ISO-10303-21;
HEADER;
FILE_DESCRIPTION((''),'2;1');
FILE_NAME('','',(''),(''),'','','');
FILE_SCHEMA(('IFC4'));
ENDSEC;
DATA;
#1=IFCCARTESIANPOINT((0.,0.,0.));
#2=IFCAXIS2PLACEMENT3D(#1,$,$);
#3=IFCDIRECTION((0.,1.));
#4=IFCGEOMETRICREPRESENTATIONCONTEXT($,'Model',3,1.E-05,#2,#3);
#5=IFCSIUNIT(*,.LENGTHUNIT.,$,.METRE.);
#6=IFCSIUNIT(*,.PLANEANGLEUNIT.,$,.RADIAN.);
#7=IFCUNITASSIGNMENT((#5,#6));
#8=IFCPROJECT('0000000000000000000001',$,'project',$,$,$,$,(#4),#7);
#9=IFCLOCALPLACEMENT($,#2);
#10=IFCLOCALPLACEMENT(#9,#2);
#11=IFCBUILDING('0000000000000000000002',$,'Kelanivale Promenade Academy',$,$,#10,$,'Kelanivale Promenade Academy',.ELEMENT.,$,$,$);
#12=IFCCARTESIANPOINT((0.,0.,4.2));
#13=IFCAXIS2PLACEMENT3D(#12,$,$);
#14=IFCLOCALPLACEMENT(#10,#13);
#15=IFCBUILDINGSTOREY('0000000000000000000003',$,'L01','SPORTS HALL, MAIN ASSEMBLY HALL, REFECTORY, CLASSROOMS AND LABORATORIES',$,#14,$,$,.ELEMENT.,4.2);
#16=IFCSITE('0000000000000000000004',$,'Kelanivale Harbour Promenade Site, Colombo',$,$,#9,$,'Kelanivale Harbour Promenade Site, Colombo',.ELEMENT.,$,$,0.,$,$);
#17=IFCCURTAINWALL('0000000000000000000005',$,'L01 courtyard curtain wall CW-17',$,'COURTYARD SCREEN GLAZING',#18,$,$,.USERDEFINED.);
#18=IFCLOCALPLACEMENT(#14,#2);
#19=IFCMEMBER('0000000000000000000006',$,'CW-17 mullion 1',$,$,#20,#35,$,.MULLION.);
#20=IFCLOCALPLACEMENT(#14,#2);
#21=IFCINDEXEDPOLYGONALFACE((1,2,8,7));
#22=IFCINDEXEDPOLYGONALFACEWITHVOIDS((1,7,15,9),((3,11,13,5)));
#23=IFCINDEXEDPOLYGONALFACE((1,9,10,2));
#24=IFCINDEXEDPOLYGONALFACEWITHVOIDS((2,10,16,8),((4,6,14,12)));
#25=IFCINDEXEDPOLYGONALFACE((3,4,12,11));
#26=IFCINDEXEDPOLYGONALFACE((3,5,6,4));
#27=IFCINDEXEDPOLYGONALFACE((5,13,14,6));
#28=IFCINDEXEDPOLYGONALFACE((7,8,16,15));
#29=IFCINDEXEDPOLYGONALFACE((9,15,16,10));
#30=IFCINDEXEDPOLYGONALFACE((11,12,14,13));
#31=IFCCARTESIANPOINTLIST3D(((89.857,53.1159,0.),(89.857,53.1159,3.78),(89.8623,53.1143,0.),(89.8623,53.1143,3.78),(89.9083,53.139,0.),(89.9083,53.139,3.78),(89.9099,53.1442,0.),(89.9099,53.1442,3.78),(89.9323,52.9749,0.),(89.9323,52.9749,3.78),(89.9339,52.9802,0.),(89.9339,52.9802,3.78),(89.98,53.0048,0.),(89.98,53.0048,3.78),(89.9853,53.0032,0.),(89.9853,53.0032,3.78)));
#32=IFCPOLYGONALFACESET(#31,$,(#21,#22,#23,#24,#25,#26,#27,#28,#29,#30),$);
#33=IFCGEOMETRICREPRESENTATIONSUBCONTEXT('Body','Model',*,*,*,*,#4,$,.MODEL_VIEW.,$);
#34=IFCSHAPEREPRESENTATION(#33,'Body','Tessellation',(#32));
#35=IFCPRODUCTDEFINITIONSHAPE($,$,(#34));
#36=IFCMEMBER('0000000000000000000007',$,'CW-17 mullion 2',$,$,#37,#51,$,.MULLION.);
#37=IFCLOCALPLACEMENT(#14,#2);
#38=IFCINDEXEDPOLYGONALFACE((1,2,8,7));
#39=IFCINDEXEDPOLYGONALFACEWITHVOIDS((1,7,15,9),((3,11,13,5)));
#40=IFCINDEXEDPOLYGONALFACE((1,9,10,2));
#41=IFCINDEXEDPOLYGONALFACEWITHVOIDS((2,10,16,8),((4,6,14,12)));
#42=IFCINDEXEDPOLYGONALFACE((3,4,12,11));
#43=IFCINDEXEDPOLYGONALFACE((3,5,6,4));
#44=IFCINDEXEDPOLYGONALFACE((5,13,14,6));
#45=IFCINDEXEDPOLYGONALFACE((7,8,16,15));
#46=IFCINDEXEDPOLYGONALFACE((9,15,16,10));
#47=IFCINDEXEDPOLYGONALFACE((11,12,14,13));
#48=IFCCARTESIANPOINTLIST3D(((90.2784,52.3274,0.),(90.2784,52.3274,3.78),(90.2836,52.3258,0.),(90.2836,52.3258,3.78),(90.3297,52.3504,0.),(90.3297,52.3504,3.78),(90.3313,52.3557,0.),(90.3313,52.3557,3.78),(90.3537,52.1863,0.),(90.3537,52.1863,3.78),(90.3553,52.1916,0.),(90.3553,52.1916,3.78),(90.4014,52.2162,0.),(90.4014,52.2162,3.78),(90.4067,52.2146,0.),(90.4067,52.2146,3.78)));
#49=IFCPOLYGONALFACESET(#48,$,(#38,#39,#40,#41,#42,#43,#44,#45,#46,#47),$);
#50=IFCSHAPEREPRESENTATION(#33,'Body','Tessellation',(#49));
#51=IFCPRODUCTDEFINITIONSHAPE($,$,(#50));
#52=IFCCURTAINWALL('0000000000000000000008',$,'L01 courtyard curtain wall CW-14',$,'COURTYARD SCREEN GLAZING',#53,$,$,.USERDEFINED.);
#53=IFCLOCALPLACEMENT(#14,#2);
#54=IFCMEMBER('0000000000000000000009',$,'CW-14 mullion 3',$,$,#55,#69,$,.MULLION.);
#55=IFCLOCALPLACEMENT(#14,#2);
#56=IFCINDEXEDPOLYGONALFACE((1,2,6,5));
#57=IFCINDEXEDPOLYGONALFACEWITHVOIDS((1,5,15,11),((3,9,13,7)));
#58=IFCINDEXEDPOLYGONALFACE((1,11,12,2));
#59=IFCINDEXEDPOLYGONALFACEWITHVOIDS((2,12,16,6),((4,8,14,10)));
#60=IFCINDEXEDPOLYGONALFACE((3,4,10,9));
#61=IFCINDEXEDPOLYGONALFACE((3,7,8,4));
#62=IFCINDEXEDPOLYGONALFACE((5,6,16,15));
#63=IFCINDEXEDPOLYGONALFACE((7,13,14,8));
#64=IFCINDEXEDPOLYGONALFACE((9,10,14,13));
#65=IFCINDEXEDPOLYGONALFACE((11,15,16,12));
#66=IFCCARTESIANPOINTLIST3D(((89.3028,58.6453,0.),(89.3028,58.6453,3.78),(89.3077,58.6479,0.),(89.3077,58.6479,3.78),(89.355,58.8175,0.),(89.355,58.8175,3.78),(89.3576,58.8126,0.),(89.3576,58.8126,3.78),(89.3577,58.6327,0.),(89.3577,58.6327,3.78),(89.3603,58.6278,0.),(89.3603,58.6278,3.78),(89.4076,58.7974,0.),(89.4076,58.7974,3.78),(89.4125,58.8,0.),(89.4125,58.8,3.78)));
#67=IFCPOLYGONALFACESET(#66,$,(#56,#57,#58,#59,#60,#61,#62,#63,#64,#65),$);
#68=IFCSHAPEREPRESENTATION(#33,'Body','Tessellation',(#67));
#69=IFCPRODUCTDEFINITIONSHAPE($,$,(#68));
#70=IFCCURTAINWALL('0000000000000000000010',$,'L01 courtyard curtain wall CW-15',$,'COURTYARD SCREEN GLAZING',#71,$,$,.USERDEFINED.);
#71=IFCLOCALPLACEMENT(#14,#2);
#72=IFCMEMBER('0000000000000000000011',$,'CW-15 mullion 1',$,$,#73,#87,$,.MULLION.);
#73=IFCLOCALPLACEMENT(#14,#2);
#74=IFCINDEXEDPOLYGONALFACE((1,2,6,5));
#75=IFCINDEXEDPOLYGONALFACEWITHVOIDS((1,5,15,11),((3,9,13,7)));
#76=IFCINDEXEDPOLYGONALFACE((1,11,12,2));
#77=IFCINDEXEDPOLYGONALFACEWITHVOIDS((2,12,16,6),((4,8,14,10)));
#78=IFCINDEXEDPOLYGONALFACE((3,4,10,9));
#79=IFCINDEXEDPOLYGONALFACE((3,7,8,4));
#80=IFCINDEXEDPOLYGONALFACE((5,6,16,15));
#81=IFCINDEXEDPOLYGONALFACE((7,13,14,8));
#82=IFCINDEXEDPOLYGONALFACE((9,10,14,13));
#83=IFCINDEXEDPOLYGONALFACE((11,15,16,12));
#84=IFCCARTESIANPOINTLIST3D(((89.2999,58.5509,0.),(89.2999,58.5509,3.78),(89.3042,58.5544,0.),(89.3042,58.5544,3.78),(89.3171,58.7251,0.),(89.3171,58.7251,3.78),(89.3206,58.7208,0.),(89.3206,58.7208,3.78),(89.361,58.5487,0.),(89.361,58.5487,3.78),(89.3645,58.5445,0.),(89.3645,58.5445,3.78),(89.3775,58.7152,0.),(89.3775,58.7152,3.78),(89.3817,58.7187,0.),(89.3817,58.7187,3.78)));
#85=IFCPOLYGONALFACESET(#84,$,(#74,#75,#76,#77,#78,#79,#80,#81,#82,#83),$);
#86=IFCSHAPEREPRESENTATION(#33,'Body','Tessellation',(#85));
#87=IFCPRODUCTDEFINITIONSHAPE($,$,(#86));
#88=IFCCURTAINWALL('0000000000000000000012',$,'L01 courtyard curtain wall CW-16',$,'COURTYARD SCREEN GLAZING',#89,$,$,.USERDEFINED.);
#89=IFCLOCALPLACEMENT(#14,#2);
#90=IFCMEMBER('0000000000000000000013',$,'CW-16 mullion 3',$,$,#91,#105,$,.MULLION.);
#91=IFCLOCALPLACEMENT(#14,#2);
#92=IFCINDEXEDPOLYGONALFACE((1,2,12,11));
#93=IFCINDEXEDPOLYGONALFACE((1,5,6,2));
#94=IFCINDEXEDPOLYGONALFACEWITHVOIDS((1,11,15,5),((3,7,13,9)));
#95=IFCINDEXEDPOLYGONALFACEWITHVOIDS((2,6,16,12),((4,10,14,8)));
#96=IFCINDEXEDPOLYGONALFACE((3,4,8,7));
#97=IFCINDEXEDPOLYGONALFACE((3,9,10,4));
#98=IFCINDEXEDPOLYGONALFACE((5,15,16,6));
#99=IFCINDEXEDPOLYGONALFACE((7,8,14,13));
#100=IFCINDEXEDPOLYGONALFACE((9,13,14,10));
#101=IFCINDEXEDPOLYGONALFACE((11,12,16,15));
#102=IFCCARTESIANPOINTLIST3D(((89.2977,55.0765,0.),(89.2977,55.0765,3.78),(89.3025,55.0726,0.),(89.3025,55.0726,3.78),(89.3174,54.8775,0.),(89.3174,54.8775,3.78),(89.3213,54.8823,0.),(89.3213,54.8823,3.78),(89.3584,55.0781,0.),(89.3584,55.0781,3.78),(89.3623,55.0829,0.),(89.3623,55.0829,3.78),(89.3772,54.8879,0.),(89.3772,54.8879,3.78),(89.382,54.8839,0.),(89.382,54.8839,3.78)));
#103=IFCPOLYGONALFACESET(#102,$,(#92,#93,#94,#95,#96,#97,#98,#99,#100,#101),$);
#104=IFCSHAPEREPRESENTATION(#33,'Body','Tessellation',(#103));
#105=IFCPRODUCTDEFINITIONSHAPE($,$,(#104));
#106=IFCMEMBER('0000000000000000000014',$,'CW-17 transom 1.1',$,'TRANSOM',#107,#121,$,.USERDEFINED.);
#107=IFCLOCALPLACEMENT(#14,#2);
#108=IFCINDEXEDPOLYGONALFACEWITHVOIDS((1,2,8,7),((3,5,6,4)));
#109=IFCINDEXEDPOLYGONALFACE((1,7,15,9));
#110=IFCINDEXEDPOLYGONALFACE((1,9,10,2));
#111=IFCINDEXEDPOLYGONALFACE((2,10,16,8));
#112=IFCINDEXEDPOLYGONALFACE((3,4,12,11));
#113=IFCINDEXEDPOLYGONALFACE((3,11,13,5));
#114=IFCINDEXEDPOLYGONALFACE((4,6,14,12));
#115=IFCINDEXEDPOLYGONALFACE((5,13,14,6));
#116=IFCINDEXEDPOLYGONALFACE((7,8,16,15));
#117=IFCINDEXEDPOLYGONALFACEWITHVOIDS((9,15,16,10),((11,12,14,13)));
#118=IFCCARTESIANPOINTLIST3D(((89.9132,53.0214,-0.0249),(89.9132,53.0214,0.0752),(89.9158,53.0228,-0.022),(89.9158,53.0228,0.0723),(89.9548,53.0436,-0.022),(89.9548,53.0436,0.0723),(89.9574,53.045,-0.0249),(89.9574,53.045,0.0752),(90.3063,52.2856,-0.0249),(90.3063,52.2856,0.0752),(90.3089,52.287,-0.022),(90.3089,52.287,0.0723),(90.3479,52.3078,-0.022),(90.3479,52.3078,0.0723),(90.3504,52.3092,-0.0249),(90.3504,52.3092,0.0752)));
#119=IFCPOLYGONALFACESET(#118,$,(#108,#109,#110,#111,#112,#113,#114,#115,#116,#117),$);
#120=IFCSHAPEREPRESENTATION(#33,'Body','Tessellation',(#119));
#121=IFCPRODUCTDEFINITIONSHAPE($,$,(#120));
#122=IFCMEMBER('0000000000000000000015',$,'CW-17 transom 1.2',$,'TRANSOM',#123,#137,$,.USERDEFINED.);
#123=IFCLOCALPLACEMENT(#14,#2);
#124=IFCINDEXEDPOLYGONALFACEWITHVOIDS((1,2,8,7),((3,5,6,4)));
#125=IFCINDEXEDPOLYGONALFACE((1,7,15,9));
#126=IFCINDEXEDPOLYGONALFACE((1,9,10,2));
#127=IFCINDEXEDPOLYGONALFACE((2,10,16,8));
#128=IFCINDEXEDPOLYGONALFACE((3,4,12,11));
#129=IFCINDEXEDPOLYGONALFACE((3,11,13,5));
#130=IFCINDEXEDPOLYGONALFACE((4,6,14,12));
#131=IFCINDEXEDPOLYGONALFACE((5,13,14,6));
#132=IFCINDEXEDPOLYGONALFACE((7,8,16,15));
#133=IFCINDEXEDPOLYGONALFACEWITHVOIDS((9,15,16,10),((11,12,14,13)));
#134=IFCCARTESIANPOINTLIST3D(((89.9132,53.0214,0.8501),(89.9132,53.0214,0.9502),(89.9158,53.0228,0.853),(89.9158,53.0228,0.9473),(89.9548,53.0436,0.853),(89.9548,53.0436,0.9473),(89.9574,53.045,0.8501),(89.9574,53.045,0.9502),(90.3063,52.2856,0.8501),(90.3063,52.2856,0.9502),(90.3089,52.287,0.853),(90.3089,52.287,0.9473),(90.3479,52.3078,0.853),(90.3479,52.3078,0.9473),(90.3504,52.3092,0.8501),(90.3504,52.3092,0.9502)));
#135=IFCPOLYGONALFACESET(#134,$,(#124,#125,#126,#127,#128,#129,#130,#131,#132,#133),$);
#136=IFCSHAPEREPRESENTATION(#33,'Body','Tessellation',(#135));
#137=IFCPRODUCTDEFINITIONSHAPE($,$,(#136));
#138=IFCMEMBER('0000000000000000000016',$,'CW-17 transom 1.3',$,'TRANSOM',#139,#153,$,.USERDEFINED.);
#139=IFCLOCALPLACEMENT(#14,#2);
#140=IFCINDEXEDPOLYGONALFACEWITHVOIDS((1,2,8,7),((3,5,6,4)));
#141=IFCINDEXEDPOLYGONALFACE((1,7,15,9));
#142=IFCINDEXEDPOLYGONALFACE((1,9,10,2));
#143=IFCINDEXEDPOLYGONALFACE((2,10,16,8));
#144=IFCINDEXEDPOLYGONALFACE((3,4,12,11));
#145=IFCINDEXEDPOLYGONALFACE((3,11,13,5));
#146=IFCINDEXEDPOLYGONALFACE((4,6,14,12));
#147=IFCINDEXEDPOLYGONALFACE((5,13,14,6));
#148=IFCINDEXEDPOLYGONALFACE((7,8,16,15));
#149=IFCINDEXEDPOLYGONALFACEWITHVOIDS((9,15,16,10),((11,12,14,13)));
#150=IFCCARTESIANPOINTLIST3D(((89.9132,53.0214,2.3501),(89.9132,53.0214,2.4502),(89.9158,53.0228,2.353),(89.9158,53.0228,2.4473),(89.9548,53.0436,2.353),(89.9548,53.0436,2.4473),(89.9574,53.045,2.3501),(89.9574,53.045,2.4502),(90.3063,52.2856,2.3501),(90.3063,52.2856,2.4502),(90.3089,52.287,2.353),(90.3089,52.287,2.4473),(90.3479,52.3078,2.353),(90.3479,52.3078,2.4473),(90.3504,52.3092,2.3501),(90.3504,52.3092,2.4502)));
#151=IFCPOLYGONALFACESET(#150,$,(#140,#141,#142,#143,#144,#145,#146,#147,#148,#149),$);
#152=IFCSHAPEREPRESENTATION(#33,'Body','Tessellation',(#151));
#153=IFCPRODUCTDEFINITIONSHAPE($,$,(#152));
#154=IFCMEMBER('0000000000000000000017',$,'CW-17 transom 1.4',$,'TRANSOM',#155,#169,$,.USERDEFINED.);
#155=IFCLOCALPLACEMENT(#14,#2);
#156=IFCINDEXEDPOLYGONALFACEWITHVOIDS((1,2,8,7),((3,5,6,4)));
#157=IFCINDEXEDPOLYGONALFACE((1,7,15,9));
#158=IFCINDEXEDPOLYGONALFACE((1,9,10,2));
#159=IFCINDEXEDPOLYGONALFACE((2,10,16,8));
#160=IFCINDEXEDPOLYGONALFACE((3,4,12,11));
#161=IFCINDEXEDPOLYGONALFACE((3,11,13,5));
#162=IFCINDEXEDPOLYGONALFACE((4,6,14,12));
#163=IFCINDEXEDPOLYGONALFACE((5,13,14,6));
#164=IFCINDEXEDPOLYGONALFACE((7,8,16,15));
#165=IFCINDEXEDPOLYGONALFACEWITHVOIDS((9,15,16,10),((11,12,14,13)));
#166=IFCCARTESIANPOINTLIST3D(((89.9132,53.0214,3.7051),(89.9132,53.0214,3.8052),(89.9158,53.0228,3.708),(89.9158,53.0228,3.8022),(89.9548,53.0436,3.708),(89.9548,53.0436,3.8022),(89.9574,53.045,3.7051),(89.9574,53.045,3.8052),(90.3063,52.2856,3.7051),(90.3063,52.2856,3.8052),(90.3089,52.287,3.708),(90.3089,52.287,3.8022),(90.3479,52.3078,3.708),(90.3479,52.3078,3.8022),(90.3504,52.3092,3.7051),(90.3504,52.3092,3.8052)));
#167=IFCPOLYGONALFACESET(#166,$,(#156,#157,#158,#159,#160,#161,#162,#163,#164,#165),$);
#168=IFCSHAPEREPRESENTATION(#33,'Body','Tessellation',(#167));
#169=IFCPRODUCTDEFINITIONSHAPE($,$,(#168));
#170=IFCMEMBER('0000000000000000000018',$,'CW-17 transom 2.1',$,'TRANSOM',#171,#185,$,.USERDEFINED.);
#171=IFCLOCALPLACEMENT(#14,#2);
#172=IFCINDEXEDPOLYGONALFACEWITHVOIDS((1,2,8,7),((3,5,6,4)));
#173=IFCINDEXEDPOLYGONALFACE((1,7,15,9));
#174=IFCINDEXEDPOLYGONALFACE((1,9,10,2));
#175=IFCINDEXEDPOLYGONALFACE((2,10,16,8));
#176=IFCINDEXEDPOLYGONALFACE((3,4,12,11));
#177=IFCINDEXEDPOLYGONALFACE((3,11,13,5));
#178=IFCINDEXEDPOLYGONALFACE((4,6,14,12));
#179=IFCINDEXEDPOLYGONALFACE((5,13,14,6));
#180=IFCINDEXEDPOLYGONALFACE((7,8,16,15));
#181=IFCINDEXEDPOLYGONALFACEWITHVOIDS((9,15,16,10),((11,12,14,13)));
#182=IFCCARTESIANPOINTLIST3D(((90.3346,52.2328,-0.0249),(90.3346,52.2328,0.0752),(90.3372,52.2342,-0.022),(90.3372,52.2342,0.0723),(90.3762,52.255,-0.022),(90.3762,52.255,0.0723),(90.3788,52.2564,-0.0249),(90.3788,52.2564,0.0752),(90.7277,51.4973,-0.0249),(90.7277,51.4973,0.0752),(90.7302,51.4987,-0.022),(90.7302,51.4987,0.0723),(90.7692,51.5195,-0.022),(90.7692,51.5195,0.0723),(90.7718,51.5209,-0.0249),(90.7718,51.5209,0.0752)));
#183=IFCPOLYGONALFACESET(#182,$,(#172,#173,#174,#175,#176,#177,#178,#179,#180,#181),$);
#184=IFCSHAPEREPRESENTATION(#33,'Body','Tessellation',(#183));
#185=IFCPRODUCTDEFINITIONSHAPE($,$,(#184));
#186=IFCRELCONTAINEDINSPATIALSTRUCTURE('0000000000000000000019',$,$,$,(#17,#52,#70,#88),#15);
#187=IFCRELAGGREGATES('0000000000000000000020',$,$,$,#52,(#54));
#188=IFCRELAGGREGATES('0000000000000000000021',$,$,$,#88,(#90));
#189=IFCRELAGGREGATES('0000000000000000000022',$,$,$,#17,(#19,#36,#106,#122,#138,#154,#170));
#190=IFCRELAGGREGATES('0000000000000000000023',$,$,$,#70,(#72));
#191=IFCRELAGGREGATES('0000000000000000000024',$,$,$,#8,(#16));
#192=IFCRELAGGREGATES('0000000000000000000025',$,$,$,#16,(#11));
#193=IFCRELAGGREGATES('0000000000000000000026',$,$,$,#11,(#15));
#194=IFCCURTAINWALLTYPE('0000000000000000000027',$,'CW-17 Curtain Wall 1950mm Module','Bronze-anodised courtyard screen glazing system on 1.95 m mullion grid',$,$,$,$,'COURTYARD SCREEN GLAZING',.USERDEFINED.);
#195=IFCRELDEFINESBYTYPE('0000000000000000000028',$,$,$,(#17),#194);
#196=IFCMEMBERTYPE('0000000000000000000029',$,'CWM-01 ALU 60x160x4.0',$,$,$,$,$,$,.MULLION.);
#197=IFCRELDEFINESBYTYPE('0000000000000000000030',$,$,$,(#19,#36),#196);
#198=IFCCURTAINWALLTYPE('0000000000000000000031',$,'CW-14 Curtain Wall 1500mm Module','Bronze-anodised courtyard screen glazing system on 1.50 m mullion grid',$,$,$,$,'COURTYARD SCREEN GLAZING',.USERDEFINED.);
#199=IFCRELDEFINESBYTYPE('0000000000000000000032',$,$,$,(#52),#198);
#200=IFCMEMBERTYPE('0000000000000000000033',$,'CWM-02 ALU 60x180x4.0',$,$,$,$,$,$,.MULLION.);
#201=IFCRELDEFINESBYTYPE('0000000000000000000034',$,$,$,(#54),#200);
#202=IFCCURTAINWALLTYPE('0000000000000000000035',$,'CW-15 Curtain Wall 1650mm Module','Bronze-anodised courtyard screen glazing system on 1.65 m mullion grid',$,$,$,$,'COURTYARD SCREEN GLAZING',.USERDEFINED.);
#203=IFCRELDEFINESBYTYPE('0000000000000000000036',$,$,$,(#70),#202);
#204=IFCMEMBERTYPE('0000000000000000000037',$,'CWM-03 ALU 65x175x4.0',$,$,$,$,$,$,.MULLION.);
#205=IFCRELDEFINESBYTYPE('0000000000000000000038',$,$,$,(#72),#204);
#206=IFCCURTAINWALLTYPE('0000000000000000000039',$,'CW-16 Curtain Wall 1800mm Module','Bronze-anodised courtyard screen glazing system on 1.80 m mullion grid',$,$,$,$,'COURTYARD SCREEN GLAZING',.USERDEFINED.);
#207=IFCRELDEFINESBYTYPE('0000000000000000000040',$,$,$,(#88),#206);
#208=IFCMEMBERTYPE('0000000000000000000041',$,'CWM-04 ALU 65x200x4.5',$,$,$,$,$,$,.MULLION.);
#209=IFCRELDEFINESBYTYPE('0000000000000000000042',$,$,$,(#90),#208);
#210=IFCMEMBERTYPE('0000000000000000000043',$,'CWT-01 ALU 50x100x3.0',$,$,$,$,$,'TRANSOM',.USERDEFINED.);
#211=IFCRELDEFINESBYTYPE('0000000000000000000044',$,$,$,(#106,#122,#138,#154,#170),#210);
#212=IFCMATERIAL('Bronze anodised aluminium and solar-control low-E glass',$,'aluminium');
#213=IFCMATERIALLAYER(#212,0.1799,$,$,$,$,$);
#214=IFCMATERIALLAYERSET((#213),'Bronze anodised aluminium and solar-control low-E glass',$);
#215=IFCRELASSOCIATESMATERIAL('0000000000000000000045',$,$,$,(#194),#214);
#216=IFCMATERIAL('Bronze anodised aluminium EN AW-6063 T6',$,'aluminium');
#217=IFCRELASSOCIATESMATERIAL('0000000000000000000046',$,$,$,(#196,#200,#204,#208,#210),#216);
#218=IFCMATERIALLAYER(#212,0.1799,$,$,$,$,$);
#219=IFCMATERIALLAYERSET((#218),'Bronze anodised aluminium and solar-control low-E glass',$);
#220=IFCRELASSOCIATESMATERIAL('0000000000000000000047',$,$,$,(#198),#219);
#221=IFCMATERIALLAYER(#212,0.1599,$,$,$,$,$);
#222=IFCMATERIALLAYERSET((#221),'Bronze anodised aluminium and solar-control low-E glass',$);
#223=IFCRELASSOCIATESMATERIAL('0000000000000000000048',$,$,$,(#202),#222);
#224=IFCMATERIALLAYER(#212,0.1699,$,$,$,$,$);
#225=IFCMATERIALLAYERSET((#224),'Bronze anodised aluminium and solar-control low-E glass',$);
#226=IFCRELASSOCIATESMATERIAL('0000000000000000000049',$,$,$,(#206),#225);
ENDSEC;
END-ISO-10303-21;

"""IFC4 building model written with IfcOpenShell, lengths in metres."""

from ifc_helpers import new_model, si_unit, direction, frame, origin, origin_2d, place, context, subcontext, project, spatial, hollow_rectangle, extrude, material, layer, layer_set, material_profile, profile_set, type_object, element, aggregate, save


model = new_model("IFC4")

# Units and contexts
model_context = context("Model", 3, precision=1e-05, world=origin(), true_north=direction((0.0, 1.0)))
body_context = subcontext(model_context, "Body", "Model", "MODEL_VIEW")
ifc_project = project(units=[si_unit("LENGTHUNIT", "METRE"), si_unit("PLANEANGLEUNIT", "RADIAN")], contexts=[model_context])

# Site, building, storey
site_placement = place(None, origin())
site = spatial("IfcSite", under=ifc_project, at=site_placement, Name="Kelanivale Harbour Promenade Site, Colombo", LongName="Kelanivale Harbour Promenade Site, Colombo", CompositionType="ELEMENT", RefElevation=0.0)
building_placement = place(site_placement, origin())
building = spatial("IfcBuilding", under=site, at=building_placement, Name="Kelanivale Promenade Academy", LongName="Kelanivale Promenade Academy", CompositionType="ELEMENT")
storey_placement = place(building_placement, frame((0.0, 0.0, 4.2)))
storey = spatial("IfcBuildingStorey", under=building, at=storey_placement, Name="L01", Description="SPORTS HALL, MAIN ASSEMBLY HALL, REFECTORY, CLASSROOMS AND LABORATORIES", CompositionType="ELEMENT", Elevation=4.2)

# Curtain wall, members
ifc_material_1 = material(Name="Bronze anodised aluminium and solar-control low-E glass", Category="aluminium")
ifc_layer_1 = layer(ifc_material_1, 0.1799)
ifc_layer_set_1 = layer_set([ifc_layer_1], Name="Bronze anodised aluminium and solar-control low-E glass")
curtain_wall_type_1 = type_object("IfcCurtainWallType", Name="CW-17 Curtain Wall 1950mm Module", Description="Bronze-anodised courtyard screen glazing system on 1.95 m mullion grid", ElementType="COURTYARD SCREEN GLAZING", PredefinedType="USERDEFINED", material=ifc_layer_set_1)
curtain_wall_1_placement = place(storey_placement, origin())
curtain_wall_1 = element("IfcCurtainWall", 1, at=curtain_wall_1_placement, inside=storey, type_object=curtain_wall_type_1, Name="L01 courtyard curtain wall CW-17", ObjectType="COURTYARD SCREEN GLAZING", PredefinedType="USERDEFINED")
ifc_material_2 = material(Name="Bronze anodised aluminium EN AW-6063 T6", Category="aluminium")
ifc_material_profile_1 = material_profile(ifc_material_2, hollow_rectangle(XDim=0.0601, YDim=0.1599, WallThickness=0.0039, at=origin_2d()), Name="ALU 60x160x4.0")
ifc_profile_set_1 = profile_set([ifc_material_profile_1], Name="Bronze anodised aluminium EN AW-6063 T6")
member_type_1 = type_object("IfcMemberType", Name="CWM-01 ALU 60x160x4.0", PredefinedType="MULLION", material=ifc_profile_set_1)
member_1_placement = place(storey_placement, frame((89.9211, 53.0596, 0.0), z_axis=(0.0, 0.0, 1.0), x_axis=(0.881978, 0.47129, 0.0)))
member_1 = element("IfcMember", 2, at=member_1_placement, type_object=member_type_1, Name="CW-17 mullion 1", PredefinedType="MULLION", context=body_context, shape_type="SweptSolid", body=[
    extrude(hollow_rectangle(XDim=0.0601, YDim=0.1599, WallThickness=0.0039, at=origin_2d()), origin(), (0.0, 0.0, 1.0), 3.78),
])
member_2_placement = place(storey_placement, frame((90.3425, 52.271, 0.0), z_axis=(0.0, 0.0, 1.0), x_axis=(0.881978, 0.47129, 0.0)))
member_2 = element("IfcMember", 3, at=member_2_placement, type_object=member_type_1, Name="CW-17 mullion 2", PredefinedType="MULLION", context=body_context, shape_type="SweptSolid", body=[
    extrude(hollow_rectangle(XDim=0.0601, YDim=0.1599, WallThickness=0.0039, at=origin_2d()), origin(), (0.0, 0.0, 1.0), 3.78),
])

# Curtain walls, members
ifc_layer_2 = layer(ifc_material_1, 0.1799)
ifc_layer_set_2 = layer_set([ifc_layer_2], Name="Bronze anodised aluminium and solar-control low-E glass")
curtain_wall_type_2 = type_object("IfcCurtainWallType", Name="CW-14 Curtain Wall 1500mm Module", Description="Bronze-anodised courtyard screen glazing system on 1.50 m mullion grid", ElementType="COURTYARD SCREEN GLAZING", PredefinedType="USERDEFINED", material=ifc_layer_set_2)
curtain_wall_2_placement = place(storey_placement, origin())
curtain_wall_2 = element("IfcCurtainWall", 4, at=curtain_wall_2_placement, inside=storey, type_object=curtain_wall_type_2, Name="L01 courtyard curtain wall CW-14", ObjectType="COURTYARD SCREEN GLAZING", PredefinedType="USERDEFINED")
ifc_material_profile_2 = material_profile(ifc_material_2, hollow_rectangle(XDim=0.0601, YDim=0.1799, WallThickness=0.0039, at=origin_2d()), Name="ALU 60x180x4.0")
ifc_profile_set_2 = profile_set([ifc_material_profile_2], Name="Bronze anodised aluminium EN AW-6063 T6")
member_type_2 = type_object("IfcMemberType", Name="CWM-02 ALU 60x180x4.0", PredefinedType="MULLION", material=ifc_profile_set_2)
member_3_placement = place(storey_placement, frame((89.3577, 58.7227, 0.0), z_axis=(0.0, 0.0, 1.0), x_axis=(0.956988, -0.290128, 0.0)))
member_3 = element("IfcMember", 5, at=member_3_placement, type_object=member_type_2, Name="CW-14 mullion 3", PredefinedType="MULLION", context=body_context, shape_type="SweptSolid", body=[
    extrude(hollow_rectangle(XDim=0.0601, YDim=0.1799, WallThickness=0.0039, at=origin_2d()), origin(), (0.0, 0.0, 1.0), 3.78),
])
aggregate(curtain_wall_2, [member_3])
ifc_layer_3 = layer(ifc_material_1, 0.1599)
ifc_layer_set_3 = layer_set([ifc_layer_3], Name="Bronze anodised aluminium and solar-control low-E glass")
curtain_wall_type_3 = type_object("IfcCurtainWallType", Name="CW-15 Curtain Wall 1650mm Module", Description="Bronze-anodised courtyard screen glazing system on 1.65 m mullion grid", ElementType="COURTYARD SCREEN GLAZING", PredefinedType="USERDEFINED", material=ifc_layer_set_3)
curtain_wall_3_placement = place(storey_placement, origin())
curtain_wall_3 = element("IfcCurtainWall", 6, at=curtain_wall_3_placement, inside=storey, type_object=curtain_wall_type_3, Name="L01 courtyard curtain wall CW-15", ObjectType="COURTYARD SCREEN GLAZING", PredefinedType="USERDEFINED")
ifc_material_profile_3 = material_profile(ifc_material_2, hollow_rectangle(XDim=0.0649, YDim=0.175, WallThickness=0.0039, at=origin_2d()), Name="ALU 65x175x4.0")
ifc_profile_set_3 = profile_set([ifc_material_profile_3], Name="Bronze anodised aluminium EN AW-6063 T6")
member_type_3 = type_object("IfcMemberType", Name="CWM-03 ALU 65x175x4.0", PredefinedType="MULLION", material=ifc_profile_set_3)
member_4_placement = place(storey_placement, frame((89.3408, 58.6348, 0.0), z_axis=(0.0, 0.0, 1.0), x_axis=(0.995159, -0.098281, 0.0)))
member_4 = element("IfcMember", 7, at=member_4_placement, type_object=member_type_3, Name="CW-15 mullion 1", PredefinedType="MULLION", context=body_context, shape_type="SweptSolid", body=[
    extrude(hollow_rectangle(XDim=0.0649, YDim=0.175, WallThickness=0.0039, at=origin_2d()), origin(), (0.0, 0.0, 1.0), 3.78),
])
ifc_layer_4 = layer(ifc_material_1, 0.1699)
ifc_layer_set_4 = layer_set([ifc_layer_4], Name="Bronze anodised aluminium and solar-control low-E glass")
curtain_wall_type_4 = type_object("IfcCurtainWallType", Name="CW-16 Curtain Wall 1800mm Module", Description="Bronze-anodised courtyard screen glazing system on 1.80 m mullion grid", ElementType="COURTYARD SCREEN GLAZING", PredefinedType="USERDEFINED", material=ifc_layer_set_4)
curtain_wall_4_placement = place(storey_placement, origin())
curtain_wall_4 = element("IfcCurtainWall", 8, at=curtain_wall_4_placement, inside=storey, type_object=curtain_wall_type_4, Name="L01 courtyard curtain wall CW-16", ObjectType="COURTYARD SCREEN GLAZING", PredefinedType="USERDEFINED")
ifc_material_profile_4 = material_profile(ifc_material_2, hollow_rectangle(XDim=0.0649, YDim=0.2, WallThickness=0.0044, at=origin_2d()), Name="ALU 65x200x4.5")
ifc_profile_set_4 = profile_set([ifc_material_profile_4], Name="Bronze anodised aluminium EN AW-6063 T6")
member_type_4 = type_object("IfcMemberType", Name="CWM-04 ALU 65x200x4.5", PredefinedType="MULLION", material=ifc_profile_set_4)
member_5_placement = place(storey_placement, frame((89.3398, 54.9802, 0.0), z_axis=(0.0, 0.0, 1.0), x_axis=(0.995133, 0.098539, 0.0)))
member_5 = element("IfcMember", 9, at=member_5_placement, type_object=member_type_4, Name="CW-16 mullion 3", PredefinedType="MULLION", context=body_context, shape_type="SweptSolid", body=[
    extrude(hollow_rectangle(XDim=0.0649, YDim=0.2, WallThickness=0.0044, at=origin_2d()), origin(), (0.0, 0.0, 1.0), 3.78),
])

# Members
ifc_material_profile_5 = material_profile(ifc_material_2, hollow_rectangle(XDim=0.05, YDim=0.1001, WallThickness=0.0029, at=origin_2d()), Name="ALU 50x100x3.0")
ifc_profile_set_5 = profile_set([ifc_material_profile_5], Name="Bronze anodised aluminium EN AW-6063 T6")
member_type_5 = type_object("IfcMemberType", Name="CWT-01 ALU 50x100x3.0", ElementType="TRANSOM", PredefinedType="USERDEFINED", material=ifc_profile_set_5)
member_6_placement = place(storey_placement, frame((89.9353, 53.0332, 0.0251), z_axis=(0.471165, -0.882045, 0.0), x_axis=(0.882045, 0.471165, 0.0)))
member_6 = element("IfcMember", 10, at=member_6_placement, type_object=member_type_5, Name="CW-17 transom 1.1", ObjectType="TRANSOM", PredefinedType="USERDEFINED", context=body_context, shape_type="SweptSolid", body=[
    extrude(hollow_rectangle(XDim=0.05, YDim=0.1001, WallThickness=0.0029, at=origin_2d()), origin(), (0.0, 0.0, 1.0), 0.8342),
])
member_7_placement = place(storey_placement, frame((89.9353, 53.0332, 0.9001), z_axis=(0.471165, -0.882045, 0.0), x_axis=(0.882045, 0.471165, 0.0)))
member_7 = element("IfcMember", 11, at=member_7_placement, type_object=member_type_5, Name="CW-17 transom 1.2", ObjectType="TRANSOM", PredefinedType="USERDEFINED", context=body_context, shape_type="SweptSolid", body=[
    extrude(hollow_rectangle(XDim=0.05, YDim=0.1001, WallThickness=0.0029, at=origin_2d()), origin(), (0.0, 0.0, 1.0), 0.8342),
])
member_8_placement = place(storey_placement, frame((89.9353, 53.0332, 2.4001), z_axis=(0.471165, -0.882045, 0.0), x_axis=(0.882045, 0.471165, 0.0)))
member_8 = element("IfcMember", 12, at=member_8_placement, type_object=member_type_5, Name="CW-17 transom 1.3", ObjectType="TRANSOM", PredefinedType="USERDEFINED", context=body_context, shape_type="SweptSolid", body=[
    extrude(hollow_rectangle(XDim=0.05, YDim=0.1001, WallThickness=0.0029, at=origin_2d()), origin(), (0.0, 0.0, 1.0), 0.8342),
])
member_9_placement = place(storey_placement, frame((89.9353, 53.0332, 3.7551), z_axis=(0.471165, -0.882045, 0.0), x_axis=(0.882045, 0.471165, 0.0)))
member_9 = element("IfcMember", 13, at=member_9_placement, type_object=member_type_5, Name="CW-17 transom 1.4", ObjectType="TRANSOM", PredefinedType="USERDEFINED", context=body_context, shape_type="SweptSolid", body=[
    extrude(hollow_rectangle(XDim=0.05, YDim=0.1001, WallThickness=0.0029, at=origin_2d()), origin(), (0.0, 0.0, 1.0), 0.8342),
])
member_10_placement = place(storey_placement, frame((90.3567, 52.2446, 0.0251), z_axis=(0.471287, -0.88198, 0.0), x_axis=(0.88198, 0.471287, 0.0)))
member_10 = element("IfcMember", 14, at=member_10_placement, type_object=member_type_5, Name="CW-17 transom 2.1", ObjectType="TRANSOM", PredefinedType="USERDEFINED", context=body_context, shape_type="SweptSolid", body=[
    extrude(hollow_rectangle(XDim=0.05, YDim=0.1001, WallThickness=0.0029, at=origin_2d()), origin(), (0.0, 0.0, 1.0), 0.834),
])

aggregate(curtain_wall_4, [member_5])
aggregate(curtain_wall_1, [member_1, member_2, member_6, member_7, member_8, member_9, member_10])
aggregate(curtain_wall_3, [member_4])

save(model, "model.ifc")
